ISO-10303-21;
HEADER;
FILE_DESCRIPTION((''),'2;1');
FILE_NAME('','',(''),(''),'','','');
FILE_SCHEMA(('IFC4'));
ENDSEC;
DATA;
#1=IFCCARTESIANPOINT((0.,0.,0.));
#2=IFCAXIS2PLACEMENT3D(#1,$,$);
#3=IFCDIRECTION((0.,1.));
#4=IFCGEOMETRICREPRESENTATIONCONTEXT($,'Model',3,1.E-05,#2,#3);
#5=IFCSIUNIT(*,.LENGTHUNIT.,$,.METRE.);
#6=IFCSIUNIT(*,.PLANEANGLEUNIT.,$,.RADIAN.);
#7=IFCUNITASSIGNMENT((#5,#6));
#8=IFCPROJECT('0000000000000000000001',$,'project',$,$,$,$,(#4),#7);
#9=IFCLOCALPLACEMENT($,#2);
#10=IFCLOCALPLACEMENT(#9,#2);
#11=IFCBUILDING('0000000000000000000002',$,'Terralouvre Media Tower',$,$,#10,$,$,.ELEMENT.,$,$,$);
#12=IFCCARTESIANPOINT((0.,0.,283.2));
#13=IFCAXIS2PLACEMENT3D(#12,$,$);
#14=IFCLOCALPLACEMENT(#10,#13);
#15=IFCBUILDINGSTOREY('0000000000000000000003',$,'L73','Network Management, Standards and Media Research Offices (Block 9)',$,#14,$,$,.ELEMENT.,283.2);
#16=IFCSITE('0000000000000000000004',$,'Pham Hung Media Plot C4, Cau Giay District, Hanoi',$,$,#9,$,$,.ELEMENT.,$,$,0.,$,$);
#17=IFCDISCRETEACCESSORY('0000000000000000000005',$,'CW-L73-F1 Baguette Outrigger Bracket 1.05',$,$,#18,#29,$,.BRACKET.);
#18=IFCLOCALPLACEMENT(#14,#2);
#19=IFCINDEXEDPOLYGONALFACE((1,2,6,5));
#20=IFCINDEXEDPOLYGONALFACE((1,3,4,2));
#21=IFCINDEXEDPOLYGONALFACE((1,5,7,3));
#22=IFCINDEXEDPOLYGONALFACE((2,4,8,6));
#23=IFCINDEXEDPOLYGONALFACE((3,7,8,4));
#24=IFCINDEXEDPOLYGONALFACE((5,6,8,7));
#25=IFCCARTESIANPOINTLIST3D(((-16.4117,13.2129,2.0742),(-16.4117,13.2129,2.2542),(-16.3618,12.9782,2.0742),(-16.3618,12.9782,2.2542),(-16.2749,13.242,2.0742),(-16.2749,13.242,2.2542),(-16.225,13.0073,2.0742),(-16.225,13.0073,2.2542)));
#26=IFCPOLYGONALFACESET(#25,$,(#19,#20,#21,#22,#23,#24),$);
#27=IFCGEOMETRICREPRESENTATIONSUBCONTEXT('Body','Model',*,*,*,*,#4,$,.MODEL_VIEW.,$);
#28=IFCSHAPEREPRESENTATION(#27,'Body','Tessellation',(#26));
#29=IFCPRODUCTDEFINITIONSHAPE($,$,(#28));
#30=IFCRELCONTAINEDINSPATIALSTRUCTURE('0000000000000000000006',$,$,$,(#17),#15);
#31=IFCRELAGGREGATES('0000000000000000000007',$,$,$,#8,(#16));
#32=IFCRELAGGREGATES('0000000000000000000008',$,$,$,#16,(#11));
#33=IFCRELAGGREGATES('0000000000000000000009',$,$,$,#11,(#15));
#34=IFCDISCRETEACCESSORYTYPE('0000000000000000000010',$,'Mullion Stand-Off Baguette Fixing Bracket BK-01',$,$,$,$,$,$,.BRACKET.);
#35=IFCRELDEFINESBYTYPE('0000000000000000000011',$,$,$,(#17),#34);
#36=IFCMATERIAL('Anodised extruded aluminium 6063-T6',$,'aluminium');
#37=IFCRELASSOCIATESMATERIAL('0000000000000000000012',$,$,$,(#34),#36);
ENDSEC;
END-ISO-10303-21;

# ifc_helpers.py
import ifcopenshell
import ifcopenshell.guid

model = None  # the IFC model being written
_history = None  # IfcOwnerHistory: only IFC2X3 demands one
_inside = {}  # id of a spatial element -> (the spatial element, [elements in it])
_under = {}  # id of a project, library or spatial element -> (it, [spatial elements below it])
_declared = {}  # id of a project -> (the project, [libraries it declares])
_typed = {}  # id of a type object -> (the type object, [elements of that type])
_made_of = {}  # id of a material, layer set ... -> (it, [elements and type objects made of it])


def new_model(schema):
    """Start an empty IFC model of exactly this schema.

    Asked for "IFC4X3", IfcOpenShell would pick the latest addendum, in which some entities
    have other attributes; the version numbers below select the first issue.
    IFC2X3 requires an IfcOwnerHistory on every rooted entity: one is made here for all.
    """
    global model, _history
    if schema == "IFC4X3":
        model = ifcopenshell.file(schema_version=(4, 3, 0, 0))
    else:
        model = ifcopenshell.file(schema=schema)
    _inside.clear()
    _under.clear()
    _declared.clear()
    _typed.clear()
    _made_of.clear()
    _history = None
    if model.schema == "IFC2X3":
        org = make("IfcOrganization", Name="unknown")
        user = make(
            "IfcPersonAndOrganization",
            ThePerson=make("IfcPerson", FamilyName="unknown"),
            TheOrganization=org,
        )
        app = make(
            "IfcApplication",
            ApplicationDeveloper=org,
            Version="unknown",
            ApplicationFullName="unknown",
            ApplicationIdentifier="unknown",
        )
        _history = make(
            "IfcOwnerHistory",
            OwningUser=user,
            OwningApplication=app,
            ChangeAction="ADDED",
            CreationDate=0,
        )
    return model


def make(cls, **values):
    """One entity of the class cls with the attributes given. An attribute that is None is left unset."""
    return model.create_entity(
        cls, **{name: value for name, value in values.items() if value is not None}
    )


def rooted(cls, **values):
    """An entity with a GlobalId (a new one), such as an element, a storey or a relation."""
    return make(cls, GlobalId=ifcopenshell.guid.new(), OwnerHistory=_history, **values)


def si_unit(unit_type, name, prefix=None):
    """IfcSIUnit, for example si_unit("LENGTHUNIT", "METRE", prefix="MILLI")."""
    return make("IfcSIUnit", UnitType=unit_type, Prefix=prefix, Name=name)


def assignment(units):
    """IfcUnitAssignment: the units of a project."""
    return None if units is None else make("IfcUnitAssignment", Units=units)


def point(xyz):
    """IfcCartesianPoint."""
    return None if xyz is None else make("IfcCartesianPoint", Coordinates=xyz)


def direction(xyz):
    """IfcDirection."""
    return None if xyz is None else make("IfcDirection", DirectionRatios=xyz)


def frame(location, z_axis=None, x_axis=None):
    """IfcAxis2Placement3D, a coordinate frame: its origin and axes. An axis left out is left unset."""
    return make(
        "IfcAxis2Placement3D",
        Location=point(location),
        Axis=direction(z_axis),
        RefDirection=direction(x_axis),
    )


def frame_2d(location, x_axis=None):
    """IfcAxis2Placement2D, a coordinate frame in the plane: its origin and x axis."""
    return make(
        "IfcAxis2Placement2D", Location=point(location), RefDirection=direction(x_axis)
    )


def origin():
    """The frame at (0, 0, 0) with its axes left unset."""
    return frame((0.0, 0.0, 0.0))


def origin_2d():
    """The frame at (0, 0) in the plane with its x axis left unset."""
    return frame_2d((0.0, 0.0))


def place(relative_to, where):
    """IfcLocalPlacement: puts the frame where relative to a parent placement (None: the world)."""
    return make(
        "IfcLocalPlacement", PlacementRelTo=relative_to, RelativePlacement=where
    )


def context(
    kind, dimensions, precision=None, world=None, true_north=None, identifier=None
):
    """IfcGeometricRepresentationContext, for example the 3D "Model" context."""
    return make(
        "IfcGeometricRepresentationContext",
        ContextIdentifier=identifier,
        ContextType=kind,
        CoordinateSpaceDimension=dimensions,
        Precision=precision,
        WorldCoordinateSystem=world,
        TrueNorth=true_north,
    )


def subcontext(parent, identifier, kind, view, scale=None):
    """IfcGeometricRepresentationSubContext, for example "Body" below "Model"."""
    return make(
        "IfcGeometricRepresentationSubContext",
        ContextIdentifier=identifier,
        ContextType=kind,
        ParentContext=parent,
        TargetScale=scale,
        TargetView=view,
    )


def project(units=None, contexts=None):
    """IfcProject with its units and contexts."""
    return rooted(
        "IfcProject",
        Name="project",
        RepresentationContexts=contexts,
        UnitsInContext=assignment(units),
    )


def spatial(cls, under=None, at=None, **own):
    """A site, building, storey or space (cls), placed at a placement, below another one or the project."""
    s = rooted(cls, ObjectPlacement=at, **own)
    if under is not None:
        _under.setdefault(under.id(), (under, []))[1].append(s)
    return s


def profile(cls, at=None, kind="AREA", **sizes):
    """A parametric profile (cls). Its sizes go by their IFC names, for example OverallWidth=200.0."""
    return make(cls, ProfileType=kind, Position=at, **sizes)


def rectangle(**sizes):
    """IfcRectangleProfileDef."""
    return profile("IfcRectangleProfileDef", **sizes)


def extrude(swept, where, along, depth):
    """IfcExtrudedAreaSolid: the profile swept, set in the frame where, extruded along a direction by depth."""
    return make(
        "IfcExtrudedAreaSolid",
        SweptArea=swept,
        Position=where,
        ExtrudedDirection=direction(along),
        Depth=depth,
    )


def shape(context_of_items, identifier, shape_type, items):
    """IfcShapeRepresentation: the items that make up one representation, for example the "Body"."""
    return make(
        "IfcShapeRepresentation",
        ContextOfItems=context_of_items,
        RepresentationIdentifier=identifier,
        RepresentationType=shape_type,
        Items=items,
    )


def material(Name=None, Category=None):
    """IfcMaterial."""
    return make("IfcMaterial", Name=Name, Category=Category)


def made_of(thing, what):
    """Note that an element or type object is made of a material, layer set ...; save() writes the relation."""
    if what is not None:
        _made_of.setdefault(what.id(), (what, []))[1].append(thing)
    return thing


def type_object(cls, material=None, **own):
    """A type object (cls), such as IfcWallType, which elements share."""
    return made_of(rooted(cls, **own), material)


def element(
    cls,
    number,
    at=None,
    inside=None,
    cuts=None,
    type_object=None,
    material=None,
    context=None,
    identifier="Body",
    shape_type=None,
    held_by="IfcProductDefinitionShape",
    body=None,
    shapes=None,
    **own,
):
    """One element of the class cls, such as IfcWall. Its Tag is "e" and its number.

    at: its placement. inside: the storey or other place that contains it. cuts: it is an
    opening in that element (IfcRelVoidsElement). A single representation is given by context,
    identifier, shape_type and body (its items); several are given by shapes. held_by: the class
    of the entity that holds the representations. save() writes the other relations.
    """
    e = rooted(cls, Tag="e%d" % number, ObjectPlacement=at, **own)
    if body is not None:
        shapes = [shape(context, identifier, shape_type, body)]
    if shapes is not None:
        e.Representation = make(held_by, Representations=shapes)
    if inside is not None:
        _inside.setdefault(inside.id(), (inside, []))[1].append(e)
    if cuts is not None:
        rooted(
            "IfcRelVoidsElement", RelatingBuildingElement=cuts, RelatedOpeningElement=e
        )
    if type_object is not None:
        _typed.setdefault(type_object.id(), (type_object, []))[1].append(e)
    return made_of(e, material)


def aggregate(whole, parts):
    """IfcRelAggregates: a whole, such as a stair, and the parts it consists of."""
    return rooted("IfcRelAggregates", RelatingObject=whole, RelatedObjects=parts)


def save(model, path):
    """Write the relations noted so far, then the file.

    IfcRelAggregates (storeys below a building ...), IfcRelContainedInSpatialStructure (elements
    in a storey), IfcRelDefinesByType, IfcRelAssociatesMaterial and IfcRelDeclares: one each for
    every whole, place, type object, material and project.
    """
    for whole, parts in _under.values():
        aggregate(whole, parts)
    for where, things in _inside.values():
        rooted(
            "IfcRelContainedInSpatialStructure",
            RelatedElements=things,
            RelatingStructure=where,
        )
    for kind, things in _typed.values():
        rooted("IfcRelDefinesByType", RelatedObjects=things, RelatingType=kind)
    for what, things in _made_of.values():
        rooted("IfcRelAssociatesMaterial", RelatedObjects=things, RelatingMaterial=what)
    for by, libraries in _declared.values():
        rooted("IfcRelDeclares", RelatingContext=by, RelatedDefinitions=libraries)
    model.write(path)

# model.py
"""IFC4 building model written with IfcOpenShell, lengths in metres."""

from ifc_helpers import new_model, si_unit, direction, frame, origin, origin_2d, place, context, subcontext, project, spatial, rectangle, extrude, material, type_object, element, save


model = new_model("IFC4")

# Units and contexts
model_context = context("Model", 3, precision=1e-05, world=origin(), true_north=direction((0.0, 1.0)))
body_context = subcontext(model_context, "Body", "Model", "MODEL_VIEW")
ifc_project = project(units=[si_unit("LENGTHUNIT", "METRE"), si_unit("PLANEANGLEUNIT", "RADIAN")], contexts=[model_context])

# Site, building, storey
site_placement = place(None, origin())
site = spatial("IfcSite", under=ifc_project, at=site_placement, Name="Pham Hung Media Plot C4, Cau Giay District, Hanoi", CompositionType="ELEMENT", RefElevation=0.0)
building_placement = place(site_placement, origin())
building = spatial("IfcBuilding", under=site, at=building_placement, Name="Terralouvre Media Tower", CompositionType="ELEMENT")
storey_placement = place(building_placement, frame((0.0, 0.0, 283.2)))
storey = spatial("IfcBuildingStorey", under=building, at=storey_placement, Name="L73", Description="Network Management, Standards and Media Research Offices (Block 9)", CompositionType="ELEMENT", Elevation=283.2)

# Discrete accessory
ifc_material_1 = material(Name="Anodised extruded aluminium 6063-T6", Category="aluminium")
discrete_accessory_type = type_object("IfcDiscreteAccessoryType", Name="Mullion Stand-Off Baguette Fixing Bracket BK-01", PredefinedType="BRACKET", material=ifc_material_1)
discrete_accessory_placement = place(storey_placement, frame((-16.3184, 13.1101, 2.0742), z_axis=(0.0, 0.0, 1.0), x_axis=(-0.978148, -0.207912, 0.0)))
element("IfcDiscreteAccessory", 1, at=discrete_accessory_placement, inside=storey, type_object=discrete_accessory_type, Name="CW-L73-F1 Baguette Outrigger Bracket 1.05", PredefinedType="BRACKET", context=body_context, shape_type="SweptSolid", body=[
    extrude(rectangle(XDim=0.1399, YDim=0.24, at=origin_2d()), origin(), (0.0, 0.0, 1.0), 0.1799),
])

save(model, "model.ifc")
